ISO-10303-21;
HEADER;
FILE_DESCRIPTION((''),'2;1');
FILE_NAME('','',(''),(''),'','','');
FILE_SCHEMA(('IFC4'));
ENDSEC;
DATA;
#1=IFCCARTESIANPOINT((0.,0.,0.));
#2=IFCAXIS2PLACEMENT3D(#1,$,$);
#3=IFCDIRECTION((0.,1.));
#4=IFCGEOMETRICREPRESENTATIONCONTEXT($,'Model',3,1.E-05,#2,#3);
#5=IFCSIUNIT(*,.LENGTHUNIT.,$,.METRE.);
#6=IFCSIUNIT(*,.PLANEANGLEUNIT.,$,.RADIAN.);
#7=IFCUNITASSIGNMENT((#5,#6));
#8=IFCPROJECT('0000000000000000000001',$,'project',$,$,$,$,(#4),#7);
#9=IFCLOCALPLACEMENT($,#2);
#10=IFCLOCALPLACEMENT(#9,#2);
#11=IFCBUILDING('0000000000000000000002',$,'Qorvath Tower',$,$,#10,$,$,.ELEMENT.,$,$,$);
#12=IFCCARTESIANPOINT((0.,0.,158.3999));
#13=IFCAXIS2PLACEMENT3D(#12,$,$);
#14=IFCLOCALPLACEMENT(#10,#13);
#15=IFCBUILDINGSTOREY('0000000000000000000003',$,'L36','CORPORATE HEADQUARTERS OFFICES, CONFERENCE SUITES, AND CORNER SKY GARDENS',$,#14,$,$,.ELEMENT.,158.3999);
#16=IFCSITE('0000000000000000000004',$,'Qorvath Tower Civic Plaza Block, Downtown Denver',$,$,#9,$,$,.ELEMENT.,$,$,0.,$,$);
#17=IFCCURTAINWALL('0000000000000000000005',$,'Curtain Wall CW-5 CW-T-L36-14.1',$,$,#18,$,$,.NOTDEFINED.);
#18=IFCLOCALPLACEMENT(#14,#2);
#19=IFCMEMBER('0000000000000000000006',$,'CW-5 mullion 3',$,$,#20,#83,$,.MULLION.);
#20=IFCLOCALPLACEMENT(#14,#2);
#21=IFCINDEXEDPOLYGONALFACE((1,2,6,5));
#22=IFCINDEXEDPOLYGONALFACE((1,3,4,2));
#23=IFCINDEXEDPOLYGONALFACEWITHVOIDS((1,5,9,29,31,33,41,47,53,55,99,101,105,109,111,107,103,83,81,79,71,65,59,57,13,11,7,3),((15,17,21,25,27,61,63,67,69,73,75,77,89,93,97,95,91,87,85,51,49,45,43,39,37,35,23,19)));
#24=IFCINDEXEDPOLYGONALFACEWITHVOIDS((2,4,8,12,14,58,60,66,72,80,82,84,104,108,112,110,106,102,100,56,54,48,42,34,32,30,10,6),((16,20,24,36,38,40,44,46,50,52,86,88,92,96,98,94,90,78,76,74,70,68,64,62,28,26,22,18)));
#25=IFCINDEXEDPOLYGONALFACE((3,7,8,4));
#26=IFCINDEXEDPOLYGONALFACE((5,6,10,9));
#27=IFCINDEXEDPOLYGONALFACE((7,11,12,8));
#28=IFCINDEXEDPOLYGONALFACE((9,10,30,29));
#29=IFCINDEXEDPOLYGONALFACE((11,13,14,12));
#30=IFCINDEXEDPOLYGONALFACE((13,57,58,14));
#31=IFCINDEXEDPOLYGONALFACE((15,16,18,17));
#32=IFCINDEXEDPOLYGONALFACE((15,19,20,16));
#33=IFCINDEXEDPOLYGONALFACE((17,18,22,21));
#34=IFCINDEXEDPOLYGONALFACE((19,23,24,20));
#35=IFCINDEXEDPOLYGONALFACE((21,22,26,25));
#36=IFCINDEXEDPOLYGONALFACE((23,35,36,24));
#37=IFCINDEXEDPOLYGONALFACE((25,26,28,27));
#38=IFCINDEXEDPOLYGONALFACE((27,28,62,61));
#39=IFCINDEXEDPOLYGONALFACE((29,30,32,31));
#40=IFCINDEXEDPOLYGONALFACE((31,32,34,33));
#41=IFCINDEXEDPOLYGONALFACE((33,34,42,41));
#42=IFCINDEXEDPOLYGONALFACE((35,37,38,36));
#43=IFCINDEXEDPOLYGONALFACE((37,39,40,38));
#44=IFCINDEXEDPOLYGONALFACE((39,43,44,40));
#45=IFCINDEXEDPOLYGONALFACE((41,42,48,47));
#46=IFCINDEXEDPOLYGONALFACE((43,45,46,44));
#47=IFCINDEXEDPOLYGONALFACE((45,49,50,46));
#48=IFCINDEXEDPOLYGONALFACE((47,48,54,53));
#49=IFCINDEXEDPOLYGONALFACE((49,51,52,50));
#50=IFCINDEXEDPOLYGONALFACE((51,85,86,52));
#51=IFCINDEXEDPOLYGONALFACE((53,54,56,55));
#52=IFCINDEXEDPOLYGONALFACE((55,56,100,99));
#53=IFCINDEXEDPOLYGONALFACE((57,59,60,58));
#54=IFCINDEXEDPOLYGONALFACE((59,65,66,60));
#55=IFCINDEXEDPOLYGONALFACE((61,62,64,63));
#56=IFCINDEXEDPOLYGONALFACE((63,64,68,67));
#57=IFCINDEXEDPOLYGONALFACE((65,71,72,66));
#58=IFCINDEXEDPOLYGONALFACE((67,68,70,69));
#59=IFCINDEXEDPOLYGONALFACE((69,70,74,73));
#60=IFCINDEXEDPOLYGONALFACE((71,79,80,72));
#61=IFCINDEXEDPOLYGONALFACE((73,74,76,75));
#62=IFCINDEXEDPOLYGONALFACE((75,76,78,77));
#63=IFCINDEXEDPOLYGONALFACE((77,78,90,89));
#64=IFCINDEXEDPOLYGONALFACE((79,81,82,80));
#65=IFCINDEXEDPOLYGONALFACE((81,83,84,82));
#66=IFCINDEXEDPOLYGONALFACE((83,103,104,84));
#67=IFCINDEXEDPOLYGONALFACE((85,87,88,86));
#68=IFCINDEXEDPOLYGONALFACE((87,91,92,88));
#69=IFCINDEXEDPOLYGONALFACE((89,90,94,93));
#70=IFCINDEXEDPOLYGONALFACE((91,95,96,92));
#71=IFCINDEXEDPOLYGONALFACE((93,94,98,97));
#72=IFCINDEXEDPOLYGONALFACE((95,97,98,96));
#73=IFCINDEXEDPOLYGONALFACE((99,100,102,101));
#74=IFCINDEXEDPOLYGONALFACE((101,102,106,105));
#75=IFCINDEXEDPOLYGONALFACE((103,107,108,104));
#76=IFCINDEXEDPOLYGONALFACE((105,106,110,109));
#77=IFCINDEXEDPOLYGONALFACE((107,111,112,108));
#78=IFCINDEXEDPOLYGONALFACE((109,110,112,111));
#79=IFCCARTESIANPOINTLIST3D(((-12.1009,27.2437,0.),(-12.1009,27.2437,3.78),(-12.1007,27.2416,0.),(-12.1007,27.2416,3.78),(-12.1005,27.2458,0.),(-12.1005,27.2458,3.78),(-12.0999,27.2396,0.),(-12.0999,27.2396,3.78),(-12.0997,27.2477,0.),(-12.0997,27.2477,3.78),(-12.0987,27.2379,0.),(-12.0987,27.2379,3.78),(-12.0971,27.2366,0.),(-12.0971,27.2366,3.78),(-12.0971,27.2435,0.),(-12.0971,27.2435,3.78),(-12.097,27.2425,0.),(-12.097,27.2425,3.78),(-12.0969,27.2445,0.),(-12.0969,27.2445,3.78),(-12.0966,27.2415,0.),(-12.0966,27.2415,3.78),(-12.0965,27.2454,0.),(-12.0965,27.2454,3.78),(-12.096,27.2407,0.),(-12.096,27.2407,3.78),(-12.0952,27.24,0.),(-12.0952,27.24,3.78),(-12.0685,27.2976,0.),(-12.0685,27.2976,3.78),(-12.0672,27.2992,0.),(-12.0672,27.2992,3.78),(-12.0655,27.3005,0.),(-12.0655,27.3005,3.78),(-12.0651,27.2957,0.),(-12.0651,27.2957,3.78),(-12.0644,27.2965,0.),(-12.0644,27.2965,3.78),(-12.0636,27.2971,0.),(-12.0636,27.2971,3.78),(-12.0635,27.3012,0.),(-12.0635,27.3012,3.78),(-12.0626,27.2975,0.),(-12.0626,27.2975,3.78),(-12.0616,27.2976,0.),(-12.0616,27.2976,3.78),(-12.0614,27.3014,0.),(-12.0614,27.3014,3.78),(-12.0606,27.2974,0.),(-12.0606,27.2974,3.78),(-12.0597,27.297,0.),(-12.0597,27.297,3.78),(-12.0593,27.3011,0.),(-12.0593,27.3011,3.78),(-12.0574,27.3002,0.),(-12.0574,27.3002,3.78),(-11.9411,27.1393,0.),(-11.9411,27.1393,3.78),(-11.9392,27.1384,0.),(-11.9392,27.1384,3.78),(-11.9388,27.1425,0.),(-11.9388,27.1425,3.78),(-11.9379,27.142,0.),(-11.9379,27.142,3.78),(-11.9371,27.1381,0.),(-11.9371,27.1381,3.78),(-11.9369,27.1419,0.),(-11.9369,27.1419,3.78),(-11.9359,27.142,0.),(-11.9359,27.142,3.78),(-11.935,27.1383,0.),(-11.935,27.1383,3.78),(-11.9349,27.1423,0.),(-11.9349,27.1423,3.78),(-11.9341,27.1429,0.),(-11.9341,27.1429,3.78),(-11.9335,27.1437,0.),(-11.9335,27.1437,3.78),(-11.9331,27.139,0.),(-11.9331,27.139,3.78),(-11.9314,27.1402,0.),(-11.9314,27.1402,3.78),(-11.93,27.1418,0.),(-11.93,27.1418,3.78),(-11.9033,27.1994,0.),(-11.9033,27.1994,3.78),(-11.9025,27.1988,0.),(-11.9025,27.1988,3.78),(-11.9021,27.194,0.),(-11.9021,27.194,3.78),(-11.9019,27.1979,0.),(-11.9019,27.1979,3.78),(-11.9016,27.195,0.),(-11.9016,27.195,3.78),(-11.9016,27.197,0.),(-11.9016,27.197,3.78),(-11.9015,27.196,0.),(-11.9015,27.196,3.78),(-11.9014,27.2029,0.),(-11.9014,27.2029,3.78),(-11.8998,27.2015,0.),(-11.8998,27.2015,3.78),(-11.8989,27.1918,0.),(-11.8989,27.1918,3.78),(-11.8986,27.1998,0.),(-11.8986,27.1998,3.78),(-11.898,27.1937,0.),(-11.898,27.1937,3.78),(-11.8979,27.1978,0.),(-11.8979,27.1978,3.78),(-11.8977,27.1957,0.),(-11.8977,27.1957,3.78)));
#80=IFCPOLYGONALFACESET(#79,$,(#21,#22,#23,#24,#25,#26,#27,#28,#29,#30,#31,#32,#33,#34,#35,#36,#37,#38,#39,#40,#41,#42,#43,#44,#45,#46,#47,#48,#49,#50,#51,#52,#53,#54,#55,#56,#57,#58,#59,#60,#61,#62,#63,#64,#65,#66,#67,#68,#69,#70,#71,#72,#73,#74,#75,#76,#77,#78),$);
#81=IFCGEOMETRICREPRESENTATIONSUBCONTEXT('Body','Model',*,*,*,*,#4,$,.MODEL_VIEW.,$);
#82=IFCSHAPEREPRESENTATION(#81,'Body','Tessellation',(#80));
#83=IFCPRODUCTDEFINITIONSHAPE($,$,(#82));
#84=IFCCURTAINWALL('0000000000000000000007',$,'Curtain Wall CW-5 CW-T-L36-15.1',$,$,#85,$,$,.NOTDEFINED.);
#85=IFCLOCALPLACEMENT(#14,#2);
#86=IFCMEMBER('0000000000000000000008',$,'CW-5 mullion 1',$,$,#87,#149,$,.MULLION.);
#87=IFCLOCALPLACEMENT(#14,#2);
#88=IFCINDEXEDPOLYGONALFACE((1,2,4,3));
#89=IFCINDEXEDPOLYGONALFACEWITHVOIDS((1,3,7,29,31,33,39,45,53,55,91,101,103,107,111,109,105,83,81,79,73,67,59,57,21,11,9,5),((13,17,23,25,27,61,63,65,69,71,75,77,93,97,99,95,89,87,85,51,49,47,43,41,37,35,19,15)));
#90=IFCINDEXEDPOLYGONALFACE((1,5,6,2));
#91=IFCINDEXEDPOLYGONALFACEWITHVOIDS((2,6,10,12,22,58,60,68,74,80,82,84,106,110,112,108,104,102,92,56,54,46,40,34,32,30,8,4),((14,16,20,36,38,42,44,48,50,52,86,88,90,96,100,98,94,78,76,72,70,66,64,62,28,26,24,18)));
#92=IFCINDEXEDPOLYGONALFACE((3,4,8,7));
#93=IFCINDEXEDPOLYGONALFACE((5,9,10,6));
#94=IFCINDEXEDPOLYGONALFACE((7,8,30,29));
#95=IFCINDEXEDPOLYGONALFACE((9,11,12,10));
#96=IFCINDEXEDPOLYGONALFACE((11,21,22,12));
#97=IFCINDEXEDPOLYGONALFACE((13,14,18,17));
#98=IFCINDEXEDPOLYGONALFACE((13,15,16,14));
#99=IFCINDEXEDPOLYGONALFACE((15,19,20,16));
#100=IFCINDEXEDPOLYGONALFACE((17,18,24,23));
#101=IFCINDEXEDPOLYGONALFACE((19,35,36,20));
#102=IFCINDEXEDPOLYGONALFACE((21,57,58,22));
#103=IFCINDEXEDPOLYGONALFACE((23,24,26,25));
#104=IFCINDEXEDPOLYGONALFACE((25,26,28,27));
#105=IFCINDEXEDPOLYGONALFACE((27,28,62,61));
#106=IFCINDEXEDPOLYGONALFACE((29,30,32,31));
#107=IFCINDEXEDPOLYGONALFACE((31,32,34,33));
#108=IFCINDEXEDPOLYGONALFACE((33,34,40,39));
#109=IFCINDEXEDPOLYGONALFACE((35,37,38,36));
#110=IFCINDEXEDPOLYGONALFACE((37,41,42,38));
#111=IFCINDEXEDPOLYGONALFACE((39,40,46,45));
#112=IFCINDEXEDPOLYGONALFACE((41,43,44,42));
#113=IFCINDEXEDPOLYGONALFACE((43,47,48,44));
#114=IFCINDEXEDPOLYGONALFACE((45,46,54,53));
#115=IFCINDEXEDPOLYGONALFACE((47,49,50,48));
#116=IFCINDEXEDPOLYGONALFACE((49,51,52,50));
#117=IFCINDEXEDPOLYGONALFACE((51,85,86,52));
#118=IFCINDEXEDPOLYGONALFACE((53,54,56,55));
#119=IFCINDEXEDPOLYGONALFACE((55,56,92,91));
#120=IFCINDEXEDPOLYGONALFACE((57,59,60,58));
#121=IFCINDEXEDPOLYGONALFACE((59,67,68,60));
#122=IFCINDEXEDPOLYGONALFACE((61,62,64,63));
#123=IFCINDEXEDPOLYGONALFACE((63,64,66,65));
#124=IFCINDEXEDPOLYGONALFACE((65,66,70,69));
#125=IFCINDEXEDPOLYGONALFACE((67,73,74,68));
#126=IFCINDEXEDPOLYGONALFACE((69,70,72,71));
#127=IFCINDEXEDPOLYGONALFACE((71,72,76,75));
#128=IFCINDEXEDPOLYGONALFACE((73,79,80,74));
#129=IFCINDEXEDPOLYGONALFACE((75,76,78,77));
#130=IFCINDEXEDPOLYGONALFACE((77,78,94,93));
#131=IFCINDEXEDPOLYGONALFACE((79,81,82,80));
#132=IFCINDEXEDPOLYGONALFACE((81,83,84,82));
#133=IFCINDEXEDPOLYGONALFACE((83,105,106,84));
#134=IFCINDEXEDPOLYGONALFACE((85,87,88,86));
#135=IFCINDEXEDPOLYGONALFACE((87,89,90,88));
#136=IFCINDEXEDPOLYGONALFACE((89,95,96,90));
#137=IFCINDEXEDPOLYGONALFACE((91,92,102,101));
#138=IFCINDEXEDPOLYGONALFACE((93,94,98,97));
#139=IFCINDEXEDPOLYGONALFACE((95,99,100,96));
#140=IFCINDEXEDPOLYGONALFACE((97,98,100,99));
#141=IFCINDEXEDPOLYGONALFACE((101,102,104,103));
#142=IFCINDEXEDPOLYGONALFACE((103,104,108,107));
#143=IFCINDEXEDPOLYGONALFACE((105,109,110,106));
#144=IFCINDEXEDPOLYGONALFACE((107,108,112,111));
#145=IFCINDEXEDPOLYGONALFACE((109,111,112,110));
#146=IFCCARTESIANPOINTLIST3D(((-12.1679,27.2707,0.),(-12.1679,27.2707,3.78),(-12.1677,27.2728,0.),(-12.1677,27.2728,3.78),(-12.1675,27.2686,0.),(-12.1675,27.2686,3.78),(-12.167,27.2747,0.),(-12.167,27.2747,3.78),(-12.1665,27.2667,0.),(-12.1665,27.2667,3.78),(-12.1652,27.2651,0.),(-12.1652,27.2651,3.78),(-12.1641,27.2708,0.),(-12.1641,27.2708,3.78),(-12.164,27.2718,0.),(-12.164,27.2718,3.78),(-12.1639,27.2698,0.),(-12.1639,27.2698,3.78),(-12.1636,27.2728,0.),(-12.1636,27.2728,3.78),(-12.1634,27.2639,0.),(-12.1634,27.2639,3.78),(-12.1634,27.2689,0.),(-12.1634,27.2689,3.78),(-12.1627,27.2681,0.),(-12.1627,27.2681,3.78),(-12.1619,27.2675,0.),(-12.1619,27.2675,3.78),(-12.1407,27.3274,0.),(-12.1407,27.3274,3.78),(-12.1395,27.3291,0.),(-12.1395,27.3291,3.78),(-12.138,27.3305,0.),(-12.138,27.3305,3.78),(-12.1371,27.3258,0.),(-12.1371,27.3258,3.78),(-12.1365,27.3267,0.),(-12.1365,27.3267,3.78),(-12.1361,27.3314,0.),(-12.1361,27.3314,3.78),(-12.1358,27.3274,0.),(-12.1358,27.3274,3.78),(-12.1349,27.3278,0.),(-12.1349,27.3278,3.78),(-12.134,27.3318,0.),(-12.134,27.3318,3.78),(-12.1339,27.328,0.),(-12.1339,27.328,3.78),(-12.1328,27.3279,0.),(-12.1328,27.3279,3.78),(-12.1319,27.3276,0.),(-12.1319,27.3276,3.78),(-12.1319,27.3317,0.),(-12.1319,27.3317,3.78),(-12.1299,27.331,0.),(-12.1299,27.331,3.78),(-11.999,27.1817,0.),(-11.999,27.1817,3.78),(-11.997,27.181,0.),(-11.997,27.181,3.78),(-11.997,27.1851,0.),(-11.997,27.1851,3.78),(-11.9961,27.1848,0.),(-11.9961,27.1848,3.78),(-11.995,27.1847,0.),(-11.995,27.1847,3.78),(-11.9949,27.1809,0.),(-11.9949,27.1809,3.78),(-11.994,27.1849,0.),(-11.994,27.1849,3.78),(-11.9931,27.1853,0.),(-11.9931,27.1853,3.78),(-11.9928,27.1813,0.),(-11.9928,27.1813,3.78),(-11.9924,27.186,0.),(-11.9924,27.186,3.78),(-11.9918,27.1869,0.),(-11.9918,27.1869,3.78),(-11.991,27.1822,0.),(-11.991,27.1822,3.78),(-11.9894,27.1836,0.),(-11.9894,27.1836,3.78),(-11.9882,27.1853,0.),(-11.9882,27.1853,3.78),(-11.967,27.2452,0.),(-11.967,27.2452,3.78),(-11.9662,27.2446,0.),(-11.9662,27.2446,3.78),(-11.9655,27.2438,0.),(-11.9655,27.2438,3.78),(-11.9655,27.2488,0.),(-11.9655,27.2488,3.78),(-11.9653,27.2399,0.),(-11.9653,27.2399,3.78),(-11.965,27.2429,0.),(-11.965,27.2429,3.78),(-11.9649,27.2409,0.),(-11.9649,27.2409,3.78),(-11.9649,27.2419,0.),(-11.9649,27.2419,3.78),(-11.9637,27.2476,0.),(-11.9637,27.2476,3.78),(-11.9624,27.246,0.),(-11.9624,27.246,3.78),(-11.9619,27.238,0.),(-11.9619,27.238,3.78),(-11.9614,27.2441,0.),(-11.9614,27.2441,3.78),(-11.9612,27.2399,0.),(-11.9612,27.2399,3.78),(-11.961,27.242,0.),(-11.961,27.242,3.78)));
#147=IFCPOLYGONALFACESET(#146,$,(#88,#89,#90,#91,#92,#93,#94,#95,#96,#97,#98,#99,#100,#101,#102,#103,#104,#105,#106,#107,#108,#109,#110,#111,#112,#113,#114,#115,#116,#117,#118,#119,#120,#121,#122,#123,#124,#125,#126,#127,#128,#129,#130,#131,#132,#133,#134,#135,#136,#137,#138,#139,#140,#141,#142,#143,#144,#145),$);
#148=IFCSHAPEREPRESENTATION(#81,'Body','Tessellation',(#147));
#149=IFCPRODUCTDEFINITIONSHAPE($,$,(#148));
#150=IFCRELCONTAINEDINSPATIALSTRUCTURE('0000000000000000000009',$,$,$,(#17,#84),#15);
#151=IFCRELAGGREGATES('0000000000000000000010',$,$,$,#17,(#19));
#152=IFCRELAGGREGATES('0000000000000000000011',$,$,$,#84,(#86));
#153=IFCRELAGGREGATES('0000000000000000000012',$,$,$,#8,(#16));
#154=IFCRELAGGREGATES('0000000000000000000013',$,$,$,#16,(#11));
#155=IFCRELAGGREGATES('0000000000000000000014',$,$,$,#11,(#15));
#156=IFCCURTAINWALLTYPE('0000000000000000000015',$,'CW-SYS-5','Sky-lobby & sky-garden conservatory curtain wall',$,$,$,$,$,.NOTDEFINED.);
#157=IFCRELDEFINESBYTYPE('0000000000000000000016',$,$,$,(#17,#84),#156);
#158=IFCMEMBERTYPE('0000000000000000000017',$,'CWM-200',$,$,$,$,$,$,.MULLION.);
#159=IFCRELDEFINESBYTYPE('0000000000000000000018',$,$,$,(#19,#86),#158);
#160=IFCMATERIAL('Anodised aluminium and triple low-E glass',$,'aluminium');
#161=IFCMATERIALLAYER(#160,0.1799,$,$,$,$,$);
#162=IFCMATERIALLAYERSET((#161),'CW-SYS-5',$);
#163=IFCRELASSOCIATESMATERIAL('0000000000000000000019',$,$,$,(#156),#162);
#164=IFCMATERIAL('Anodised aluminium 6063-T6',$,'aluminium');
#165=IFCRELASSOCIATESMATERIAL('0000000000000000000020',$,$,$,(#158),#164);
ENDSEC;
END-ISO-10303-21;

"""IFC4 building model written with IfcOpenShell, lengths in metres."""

from ifc_helpers import new_model, si_unit, direction, frame, origin, origin_2d, place, context, subcontext, project, spatial, hollow_rectangle, extrude, material, layer, layer_set, material_profile, profile_set, type_object, element, aggregate, save


model = new_model("IFC4")

# Units and contexts
model_context = context("Model", 3, precision=1e-05, world=origin(), true_north=direction((0.0, 1.0)))
body_context = subcontext(model_context, "Body", "Model", "MODEL_VIEW")
ifc_project = project(units=[si_unit("LENGTHUNIT", "METRE"), si_unit("PLANEANGLEUNIT", "RADIAN")], contexts=[model_context])

# Site, building, storey
site_placement = place(None, origin())
site = spatial("IfcSite", under=ifc_project, at=site_placement, Name="Qorvath Tower Civic Plaza Block, Downtown Denver", CompositionType="ELEMENT", RefElevation=0.0)
building_placement = place(site_placement, origin())
building = spatial("IfcBuilding", under=site, at=building_placement, Name="Qorvath Tower", CompositionType="ELEMENT")
storey_placement = place(building_placement, frame((0.0, 0.0, 158.3999)))
storey = spatial("IfcBuildingStorey", under=building, at=storey_placement, Name="L36", Description="CORPORATE HEADQUARTERS OFFICES, CONFERENCE SUITES, AND CORNER SKY GARDENS", CompositionType="ELEMENT", Elevation=158.3999)

# Shared definitions
ifc_material_1 = material(Name="Anodised aluminium and triple low-E glass", Category="aluminium")
ifc_layer_1 = layer(ifc_material_1, 0.1799)
ifc_layer_set_1 = layer_set([ifc_layer_1], Name="CW-SYS-5")
curtain_wall_type = type_object("IfcCurtainWallType", Name="CW-SYS-5", Description="Sky-lobby & sky-garden conservatory curtain wall", PredefinedType="NOTDEFINED", material=ifc_layer_set_1)
ifc_material_2 = material(Name="Anodised aluminium 6063-T6", Category="aluminium")
ifc_material_profile_1 = material_profile(ifc_material_2, hollow_rectangle(XDim=0.075, YDim=0.2, WallThickness=0.0039, InnerFilletRadius=0.0039, OuterFilletRadius=0.0081, at=origin_2d()), Name="CWM 200x75")
ifc_profile_set_1 = profile_set([ifc_material_profile_1], Name="Anodised aluminium 6063-T6")
member_type_1 = type_object("IfcMemberType", Name="CWM-200", PredefinedType="MULLION", material=ifc_profile_set_1)

# Curtain walls, members
curtain_wall_1_placement = place(storey_placement, origin())
curtain_wall_1 = element("IfcCurtainWall", 1, at=curtain_wall_1_placement, inside=storey, type_object=curtain_wall_type, Name="Curtain Wall CW-5 CW-T-L36-14.1", PredefinedType="NOTDEFINED")
member_1_placement = place(storey_placement, frame((-11.9993, 27.2197, 0.0), z_axis=(0.0, 0.0, 1.0), x_axis=(-0.529384, -0.848382, 0.0)))
member_1 = element("IfcMember", 2, at=member_1_placement, type_object=member_type_1, Name="CW-5 mullion 3", PredefinedType="MULLION", context=body_context, shape_type="SweptSolid", body=[
    extrude(hollow_rectangle(XDim=0.075, YDim=0.2, WallThickness=0.0039, InnerFilletRadius=0.0039, OuterFilletRadius=0.0081, at=origin_2d()), origin(), (0.0, 0.0, 1.0), 3.78),
])
curtain_wall_2_placement = place(storey_placement, origin())
curtain_wall_2 = element("IfcCurtainWall", 3, at=curtain_wall_2_placement, inside=storey, type_object=curtain_wall_type, Name="Curtain Wall CW-5 CW-T-L36-15.1", PredefinedType="NOTDEFINED")
member_2_placement = place(storey_placement, frame((-12.0645, 27.2563, 0.0), z_axis=(0.0, 0.0, 1.0), x_axis=(-0.447188, -0.89444, 0.0)))
member_2 = element("IfcMember", 4, at=member_2_placement, type_object=member_type_1, Name="CW-5 mullion 1", PredefinedType="MULLION", context=body_context, shape_type="SweptSolid", body=[
    extrude(hollow_rectangle(XDim=0.075, YDim=0.2, WallThickness=0.0039, InnerFilletRadius=0.0039, OuterFilletRadius=0.0081, at=origin_2d()), origin(), (0.0, 0.0, 1.0), 3.78),
])

aggregate(curtain_wall_1, [member_1])
aggregate(curtain_wall_2, [member_2])

save(model, "model.ifc")
